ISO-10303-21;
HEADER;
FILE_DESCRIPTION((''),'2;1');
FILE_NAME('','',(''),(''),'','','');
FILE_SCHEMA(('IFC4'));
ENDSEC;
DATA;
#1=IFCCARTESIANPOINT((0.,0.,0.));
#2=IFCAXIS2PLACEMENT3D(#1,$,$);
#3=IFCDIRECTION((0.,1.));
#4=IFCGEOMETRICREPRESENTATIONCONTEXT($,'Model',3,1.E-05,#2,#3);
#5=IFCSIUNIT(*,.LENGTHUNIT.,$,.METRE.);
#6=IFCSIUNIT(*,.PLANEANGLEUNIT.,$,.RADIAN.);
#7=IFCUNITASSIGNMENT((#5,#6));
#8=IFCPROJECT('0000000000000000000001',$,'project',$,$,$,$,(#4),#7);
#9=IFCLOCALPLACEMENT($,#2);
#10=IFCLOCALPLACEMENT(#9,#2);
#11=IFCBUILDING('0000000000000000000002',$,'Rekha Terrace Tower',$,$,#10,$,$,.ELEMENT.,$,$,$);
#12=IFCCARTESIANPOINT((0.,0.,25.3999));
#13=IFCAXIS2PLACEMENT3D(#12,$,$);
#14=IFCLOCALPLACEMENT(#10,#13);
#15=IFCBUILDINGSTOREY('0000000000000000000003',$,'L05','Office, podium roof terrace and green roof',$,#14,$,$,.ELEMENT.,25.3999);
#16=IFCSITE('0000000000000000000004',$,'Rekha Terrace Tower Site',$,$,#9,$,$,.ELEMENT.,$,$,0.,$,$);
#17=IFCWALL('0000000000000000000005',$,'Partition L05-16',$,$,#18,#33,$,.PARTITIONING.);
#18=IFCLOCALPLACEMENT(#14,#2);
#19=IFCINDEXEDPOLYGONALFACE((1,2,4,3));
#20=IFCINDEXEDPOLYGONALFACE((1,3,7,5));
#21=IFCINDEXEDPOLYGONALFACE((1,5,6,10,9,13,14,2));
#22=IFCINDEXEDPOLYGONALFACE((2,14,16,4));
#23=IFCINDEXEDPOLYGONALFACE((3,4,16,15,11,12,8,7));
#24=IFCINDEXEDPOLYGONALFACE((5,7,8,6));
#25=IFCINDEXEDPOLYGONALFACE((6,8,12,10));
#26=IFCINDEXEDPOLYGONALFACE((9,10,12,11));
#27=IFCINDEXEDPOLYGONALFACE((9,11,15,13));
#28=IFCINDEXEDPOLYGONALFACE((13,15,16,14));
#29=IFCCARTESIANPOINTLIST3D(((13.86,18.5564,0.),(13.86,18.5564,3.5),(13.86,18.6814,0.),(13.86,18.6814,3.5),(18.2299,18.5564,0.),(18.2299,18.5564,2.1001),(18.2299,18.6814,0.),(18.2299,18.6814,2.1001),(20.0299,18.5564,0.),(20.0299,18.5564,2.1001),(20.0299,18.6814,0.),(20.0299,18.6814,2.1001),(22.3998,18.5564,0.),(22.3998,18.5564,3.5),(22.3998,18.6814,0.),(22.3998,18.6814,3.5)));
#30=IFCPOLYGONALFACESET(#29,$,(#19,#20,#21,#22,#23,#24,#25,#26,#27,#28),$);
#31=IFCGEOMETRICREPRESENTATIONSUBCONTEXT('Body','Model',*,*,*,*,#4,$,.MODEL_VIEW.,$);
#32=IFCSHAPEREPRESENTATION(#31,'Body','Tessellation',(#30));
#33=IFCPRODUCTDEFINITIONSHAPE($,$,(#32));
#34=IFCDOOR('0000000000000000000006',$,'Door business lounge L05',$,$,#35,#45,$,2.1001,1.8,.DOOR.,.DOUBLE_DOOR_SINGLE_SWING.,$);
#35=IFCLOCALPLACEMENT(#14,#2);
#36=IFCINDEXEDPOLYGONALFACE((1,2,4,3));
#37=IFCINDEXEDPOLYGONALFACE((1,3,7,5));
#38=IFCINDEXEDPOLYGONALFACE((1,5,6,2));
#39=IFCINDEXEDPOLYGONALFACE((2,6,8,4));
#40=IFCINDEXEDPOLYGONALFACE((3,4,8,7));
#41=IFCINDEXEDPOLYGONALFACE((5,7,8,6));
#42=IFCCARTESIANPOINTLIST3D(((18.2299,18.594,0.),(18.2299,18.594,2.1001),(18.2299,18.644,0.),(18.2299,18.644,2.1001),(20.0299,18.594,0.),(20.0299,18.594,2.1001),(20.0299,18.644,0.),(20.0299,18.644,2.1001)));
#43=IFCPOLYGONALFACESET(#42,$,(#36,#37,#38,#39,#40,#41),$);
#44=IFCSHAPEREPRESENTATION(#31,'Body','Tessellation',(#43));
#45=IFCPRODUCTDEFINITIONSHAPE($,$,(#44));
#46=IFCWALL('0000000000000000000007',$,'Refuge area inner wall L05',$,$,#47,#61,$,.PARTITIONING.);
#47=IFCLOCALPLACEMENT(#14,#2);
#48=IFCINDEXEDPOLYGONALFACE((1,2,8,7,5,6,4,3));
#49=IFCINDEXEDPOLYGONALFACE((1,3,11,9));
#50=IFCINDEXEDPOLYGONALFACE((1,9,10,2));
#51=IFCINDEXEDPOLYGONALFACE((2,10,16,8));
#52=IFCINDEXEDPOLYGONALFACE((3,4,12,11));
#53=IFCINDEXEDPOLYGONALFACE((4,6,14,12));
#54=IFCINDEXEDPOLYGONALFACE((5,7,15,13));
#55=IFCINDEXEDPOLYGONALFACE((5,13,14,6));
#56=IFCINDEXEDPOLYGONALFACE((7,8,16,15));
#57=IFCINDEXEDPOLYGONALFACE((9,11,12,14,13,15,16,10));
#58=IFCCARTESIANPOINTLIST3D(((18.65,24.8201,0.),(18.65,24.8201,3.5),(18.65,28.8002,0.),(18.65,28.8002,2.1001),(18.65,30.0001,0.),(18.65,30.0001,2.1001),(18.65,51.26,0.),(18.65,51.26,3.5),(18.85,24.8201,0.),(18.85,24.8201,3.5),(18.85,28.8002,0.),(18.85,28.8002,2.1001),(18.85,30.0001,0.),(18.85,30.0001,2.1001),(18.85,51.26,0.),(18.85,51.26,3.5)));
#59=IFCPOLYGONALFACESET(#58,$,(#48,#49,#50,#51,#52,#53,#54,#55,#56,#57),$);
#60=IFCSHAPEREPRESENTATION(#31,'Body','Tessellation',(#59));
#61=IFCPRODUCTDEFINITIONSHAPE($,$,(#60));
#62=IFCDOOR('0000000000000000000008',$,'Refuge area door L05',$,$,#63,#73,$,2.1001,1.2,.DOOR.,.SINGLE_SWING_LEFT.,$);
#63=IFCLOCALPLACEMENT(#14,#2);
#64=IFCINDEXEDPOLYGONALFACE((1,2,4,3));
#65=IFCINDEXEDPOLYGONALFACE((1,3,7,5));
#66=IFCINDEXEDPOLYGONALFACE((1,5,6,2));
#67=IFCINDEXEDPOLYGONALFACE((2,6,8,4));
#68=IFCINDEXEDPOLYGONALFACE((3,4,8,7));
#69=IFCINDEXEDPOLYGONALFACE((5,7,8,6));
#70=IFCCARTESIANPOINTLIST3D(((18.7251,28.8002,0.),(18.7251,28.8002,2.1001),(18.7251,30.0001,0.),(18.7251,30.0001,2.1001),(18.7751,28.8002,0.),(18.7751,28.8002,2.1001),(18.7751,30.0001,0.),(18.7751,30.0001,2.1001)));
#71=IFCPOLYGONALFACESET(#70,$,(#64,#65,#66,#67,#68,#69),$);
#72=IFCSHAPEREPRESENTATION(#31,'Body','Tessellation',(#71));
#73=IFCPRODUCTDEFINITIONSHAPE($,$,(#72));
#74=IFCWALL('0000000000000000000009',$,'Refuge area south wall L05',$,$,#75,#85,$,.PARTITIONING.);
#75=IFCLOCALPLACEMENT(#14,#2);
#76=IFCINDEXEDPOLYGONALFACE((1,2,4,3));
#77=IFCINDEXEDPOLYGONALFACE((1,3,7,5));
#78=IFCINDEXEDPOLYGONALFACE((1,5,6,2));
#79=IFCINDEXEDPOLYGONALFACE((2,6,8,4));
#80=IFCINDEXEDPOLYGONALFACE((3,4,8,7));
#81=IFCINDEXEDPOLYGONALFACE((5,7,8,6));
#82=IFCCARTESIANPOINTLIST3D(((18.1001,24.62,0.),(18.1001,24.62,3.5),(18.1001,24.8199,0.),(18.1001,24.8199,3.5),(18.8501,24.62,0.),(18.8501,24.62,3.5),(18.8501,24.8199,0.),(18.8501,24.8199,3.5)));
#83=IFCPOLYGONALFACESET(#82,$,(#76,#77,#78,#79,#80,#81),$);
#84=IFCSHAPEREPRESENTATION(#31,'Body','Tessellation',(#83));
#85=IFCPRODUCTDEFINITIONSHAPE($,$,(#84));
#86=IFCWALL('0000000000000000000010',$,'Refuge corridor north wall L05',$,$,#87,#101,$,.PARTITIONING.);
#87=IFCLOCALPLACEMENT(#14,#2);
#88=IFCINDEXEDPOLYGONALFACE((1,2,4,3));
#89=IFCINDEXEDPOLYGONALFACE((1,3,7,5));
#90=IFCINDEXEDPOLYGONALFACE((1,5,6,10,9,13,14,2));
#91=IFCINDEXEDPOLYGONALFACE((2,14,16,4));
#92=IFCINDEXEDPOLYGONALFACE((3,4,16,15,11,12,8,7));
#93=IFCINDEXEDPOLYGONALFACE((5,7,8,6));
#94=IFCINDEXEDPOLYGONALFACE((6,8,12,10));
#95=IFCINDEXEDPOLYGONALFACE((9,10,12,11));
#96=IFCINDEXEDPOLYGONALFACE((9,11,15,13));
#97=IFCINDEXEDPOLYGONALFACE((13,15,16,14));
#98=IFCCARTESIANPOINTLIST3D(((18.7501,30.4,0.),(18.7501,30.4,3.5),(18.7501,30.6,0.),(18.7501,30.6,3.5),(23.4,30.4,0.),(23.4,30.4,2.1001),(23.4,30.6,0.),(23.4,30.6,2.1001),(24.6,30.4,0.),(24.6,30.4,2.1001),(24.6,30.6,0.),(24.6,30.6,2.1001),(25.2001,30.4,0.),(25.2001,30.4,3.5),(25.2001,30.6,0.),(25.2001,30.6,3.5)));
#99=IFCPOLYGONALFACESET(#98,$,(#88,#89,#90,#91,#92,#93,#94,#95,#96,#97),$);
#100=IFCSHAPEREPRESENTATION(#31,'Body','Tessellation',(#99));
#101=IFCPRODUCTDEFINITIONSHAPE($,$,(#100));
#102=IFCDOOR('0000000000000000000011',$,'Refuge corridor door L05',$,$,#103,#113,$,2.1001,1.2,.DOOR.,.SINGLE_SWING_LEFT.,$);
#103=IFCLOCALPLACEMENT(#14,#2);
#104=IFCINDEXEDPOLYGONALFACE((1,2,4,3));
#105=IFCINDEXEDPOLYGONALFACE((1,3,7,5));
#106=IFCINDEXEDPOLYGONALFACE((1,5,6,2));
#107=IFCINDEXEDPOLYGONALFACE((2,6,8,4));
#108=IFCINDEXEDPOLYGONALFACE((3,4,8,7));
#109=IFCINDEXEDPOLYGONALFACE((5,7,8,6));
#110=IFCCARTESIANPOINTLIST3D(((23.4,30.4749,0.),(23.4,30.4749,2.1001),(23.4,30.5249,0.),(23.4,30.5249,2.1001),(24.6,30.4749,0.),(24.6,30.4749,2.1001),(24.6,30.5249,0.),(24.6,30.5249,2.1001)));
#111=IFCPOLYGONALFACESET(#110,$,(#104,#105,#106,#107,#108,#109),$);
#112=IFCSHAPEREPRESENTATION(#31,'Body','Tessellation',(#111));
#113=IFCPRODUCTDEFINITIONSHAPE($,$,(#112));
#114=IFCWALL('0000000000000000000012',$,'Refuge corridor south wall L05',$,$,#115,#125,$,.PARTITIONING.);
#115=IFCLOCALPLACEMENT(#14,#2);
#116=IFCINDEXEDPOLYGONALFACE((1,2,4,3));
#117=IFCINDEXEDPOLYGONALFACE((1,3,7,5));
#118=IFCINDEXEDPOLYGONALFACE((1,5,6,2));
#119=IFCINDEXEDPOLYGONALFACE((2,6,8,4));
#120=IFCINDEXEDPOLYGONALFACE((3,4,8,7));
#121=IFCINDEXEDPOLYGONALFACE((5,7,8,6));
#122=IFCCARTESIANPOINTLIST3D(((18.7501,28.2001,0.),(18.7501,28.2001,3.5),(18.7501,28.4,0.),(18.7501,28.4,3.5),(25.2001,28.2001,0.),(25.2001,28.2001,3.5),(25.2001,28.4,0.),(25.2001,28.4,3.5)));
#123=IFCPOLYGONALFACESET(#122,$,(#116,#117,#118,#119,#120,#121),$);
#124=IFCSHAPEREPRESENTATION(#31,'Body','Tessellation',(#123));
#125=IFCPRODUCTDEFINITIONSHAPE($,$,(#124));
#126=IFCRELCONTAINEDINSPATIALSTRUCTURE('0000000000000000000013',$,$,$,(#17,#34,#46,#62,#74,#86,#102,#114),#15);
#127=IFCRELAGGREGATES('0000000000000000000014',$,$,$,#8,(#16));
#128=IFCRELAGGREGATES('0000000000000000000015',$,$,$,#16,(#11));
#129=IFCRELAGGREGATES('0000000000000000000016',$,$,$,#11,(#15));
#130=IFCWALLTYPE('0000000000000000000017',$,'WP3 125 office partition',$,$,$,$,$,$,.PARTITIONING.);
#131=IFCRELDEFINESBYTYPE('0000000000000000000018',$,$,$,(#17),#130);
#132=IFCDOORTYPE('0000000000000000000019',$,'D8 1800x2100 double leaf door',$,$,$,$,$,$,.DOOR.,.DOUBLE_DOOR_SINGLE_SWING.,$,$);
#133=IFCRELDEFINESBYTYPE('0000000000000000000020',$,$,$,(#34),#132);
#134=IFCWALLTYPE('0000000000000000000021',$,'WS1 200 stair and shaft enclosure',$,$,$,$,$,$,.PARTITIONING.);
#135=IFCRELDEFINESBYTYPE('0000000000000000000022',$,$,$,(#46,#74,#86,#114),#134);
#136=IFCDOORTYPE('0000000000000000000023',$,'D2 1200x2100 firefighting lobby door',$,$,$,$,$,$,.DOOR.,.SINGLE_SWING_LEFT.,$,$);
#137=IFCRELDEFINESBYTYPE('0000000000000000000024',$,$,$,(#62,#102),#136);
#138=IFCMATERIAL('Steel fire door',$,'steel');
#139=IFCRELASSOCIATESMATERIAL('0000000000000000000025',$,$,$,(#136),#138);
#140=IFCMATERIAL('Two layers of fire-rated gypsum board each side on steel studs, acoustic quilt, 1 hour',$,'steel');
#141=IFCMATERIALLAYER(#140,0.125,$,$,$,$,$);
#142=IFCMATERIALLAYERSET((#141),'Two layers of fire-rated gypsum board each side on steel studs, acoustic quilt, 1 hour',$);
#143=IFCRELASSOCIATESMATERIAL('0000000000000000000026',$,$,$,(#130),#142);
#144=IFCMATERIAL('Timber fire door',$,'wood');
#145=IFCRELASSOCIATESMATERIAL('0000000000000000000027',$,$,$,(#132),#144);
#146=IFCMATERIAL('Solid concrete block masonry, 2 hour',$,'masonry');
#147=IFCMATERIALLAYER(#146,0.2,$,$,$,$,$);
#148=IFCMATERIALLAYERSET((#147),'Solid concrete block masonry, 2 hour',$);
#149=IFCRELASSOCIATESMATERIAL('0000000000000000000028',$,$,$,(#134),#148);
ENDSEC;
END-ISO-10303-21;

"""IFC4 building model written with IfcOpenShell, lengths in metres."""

from ifc_helpers import new_model, si_unit, direction, frame, frame_2d, origin, place, context, subcontext, project, spatial, rectangle, extrude, material, layer, layer_set, type_object, element, fill, save


model = new_model("IFC4")

# Units and contexts
model_context = context("Model", 3, precision=1e-05, world=origin(), true_north=direction((0.0, 1.0)))
body_context = subcontext(model_context, "Body", "Model", "MODEL_VIEW")
ifc_project = project(units=[si_unit("LENGTHUNIT", "METRE"), si_unit("PLANEANGLEUNIT", "RADIAN")], contexts=[model_context])

# Site, building, storey
site_placement = place(None, origin())
site = spatial("IfcSite", under=ifc_project, at=site_placement, Name="Rekha Terrace Tower Site", CompositionType="ELEMENT", RefElevation=0.0)
building_placement = place(site_placement, origin())
building = spatial("IfcBuilding", under=site, at=building_placement, Name="Rekha Terrace Tower", CompositionType="ELEMENT")
storey_placement = place(building_placement, frame((0.0, 0.0, 25.3999)))
storey = spatial("IfcBuildingStorey", under=building, at=storey_placement, Name="L05", Description="Office, podium roof terrace and green roof", CompositionType="ELEMENT", Elevation=25.3999)

# Shared definitions
ifc_material_1 = material(Name="Steel fire door", Category="steel")

# Shared definitions
door_type_1 = type_object("IfcDoorType", Name="D2 1200x2100 firefighting lobby door", OperationType="SINGLE_SWING_LEFT", PredefinedType="DOOR", material=ifc_material_1)

# Shared definitions
ifc_material_2 = material(Name="Timber fire door", Category="wood")

# Shared definitions
ifc_material_3 = material(Name="Two layers of fire-rated gypsum board each side on steel studs, acoustic quilt, 1 hour", Category="steel")
ifc_layer_1 = layer(ifc_material_3, 0.125)
ifc_layer_set_1 = layer_set([ifc_layer_1], Name="Two layers of fire-rated gypsum board each side on steel studs, acoustic quilt, 1 hour")
wall_type_1 = type_object("IfcWallType", Name="WP3 125 office partition", PredefinedType="PARTITIONING", material=ifc_layer_set_1)

# Walls, openings, doors
wall_1_placement = place(storey_placement, frame((22.3999, 18.6189, 0.0), z_axis=(0.0, 0.0, 1.0), x_axis=(-1.0, 0.0, 0.0)))
wall_1 = element("IfcWall", 1, at=wall_1_placement, inside=storey, type_object=wall_type_1, Name="Partition L05-16", PredefinedType="PARTITIONING", context=body_context, shape_type="SweptSolid", body=[
    extrude(rectangle(XDim=8.5398, YDim=0.125, at=frame_2d((4.27, 0.0))), origin(), (0.0, 0.0, 1.0), 3.5),
])
opening_1_placement = place(wall_1_placement, frame((2.3701, 0.0, 0.0)))
opening_1 = element("IfcOpeningElement", 2, at=opening_1_placement, cuts=wall_1, PredefinedType="OPENING", context=body_context, shape_type="SweptSolid", body=[
    extrude(rectangle(XDim=1.8, YDim=2.1001, at=frame_2d((0.8999, 1.05))), frame((0.0, 0.0725, 0.0), z_axis=(0.0, -1.0, 0.0), x_axis=(1.0, 0.0, 0.0)), (0.0, 0.0, 1.0), 0.145),
])
door_type_2 = type_object("IfcDoorType", Name="D8 1800x2100 double leaf door", OperationType="DOUBLE_DOOR_SINGLE_SWING", PredefinedType="DOOR", material=ifc_material_2)
door_1_placement = place(opening_1_placement, origin())
door_1 = element("IfcDoor", 3, at=door_1_placement, inside=storey, type_object=door_type_2, Name="Door business lounge L05", OperationType="DOUBLE_DOOR_SINGLE_SWING", OverallHeight=2.1001, OverallWidth=1.8, PredefinedType="DOOR", context=body_context, shape_type="SweptSolid", body=[
    extrude(rectangle(XDim=1.8, YDim=2.1001, at=frame_2d((0.8999, 1.05))), frame((0.0, 0.0249, 0.0), z_axis=(0.0, -1.0, 0.0), x_axis=(1.0, 0.0, 0.0)), (0.0, 0.0, 1.0), 0.05),
])
fill(opening_1, door_1)
ifc_material_4 = material(Name="Solid concrete block masonry, 2 hour", Category="masonry")
ifc_layer_2 = layer(ifc_material_4, 0.2)
ifc_layer_set_2 = layer_set([ifc_layer_2], Name="Solid concrete block masonry, 2 hour")
wall_type_2 = type_object("IfcWallType", Name="WS1 200 stair and shaft enclosure", PredefinedType="PARTITIONING", material=ifc_layer_set_2)
wall_2_placement = place(storey_placement, frame((18.75, 24.8201, 0.0), z_axis=(0.0, 0.0, 1.0), x_axis=(0.0, 1.0, 0.0)))
wall_2 = element("IfcWall", 4, at=wall_2_placement, inside=storey, type_object=wall_type_2, Name="Refuge area inner wall L05", PredefinedType="PARTITIONING", context=body_context, shape_type="SweptSolid", body=[
    extrude(rectangle(XDim=26.4399, YDim=0.2, at=frame_2d((13.22, 0.0))), origin(), (0.0, 0.0, 1.0), 3.5),
])
opening_2_placement = place(wall_2_placement, frame((3.98, 0.0, 0.0)))
opening_2 = element("IfcOpeningElement", 5, at=opening_2_placement, cuts=wall_2, PredefinedType="OPENING", context=body_context, shape_type="SweptSolid", body=[
    extrude(rectangle(XDim=1.2, YDim=2.1001, at=frame_2d((0.6001, 1.05))), frame((0.0, 0.1099, 0.0), z_axis=(0.0, -1.0, 0.0), x_axis=(1.0, 0.0, 0.0)), (0.0, 0.0, 1.0), 0.22),
])
door_2_placement = place(opening_2_placement, origin())
door_2 = element("IfcDoor", 6, at=door_2_placement, inside=storey, type_object=door_type_1, Name="Refuge area door L05", OperationType="SINGLE_SWING_LEFT", OverallHeight=2.1001, OverallWidth=1.2, PredefinedType="DOOR", context=body_context, shape_type="SweptSolid", body=[
    extrude(rectangle(XDim=1.2, YDim=2.1001, at=frame_2d((0.6001, 1.05))), frame((0.0, 0.0249, 0.0), z_axis=(0.0, -1.0, 0.0), x_axis=(1.0, 0.0, 0.0)), (0.0, 0.0, 1.0), 0.05),
])
fill(opening_2, door_2)

# Wall
wall_3_placement = place(storey_placement, frame((18.1001, 24.72, 0.0), z_axis=(0.0, 0.0, 1.0), x_axis=(1.0, 0.0, 0.0)))
element("IfcWall", 7, at=wall_3_placement, inside=storey, type_object=wall_type_2, Name="Refuge area south wall L05", PredefinedType="PARTITIONING", context=body_context, shape_type="SweptSolid", body=[
    extrude(rectangle(XDim=0.75, YDim=0.2, at=frame_2d((0.375, 0.0))), origin(), (0.0, 0.0, 1.0), 3.5),
])

# Wall, opening, door
wall_4_placement = place(storey_placement, frame((18.75, 30.5, 0.0), z_axis=(0.0, 0.0, 1.0), x_axis=(1.0, 0.0, 0.0)))
wall_4 = element("IfcWall", 8, at=wall_4_placement, inside=storey, type_object=wall_type_2, Name="Refuge corridor north wall L05", PredefinedType="PARTITIONING", context=body_context, shape_type="SweptSolid", body=[
    extrude(rectangle(XDim=6.45, YDim=0.2, at=frame_2d((3.2251, 0.0))), origin(), (0.0, 0.0, 1.0), 3.5),
])
opening_3_placement = place(wall_4_placement, frame((4.6499, 0.0, 0.0)))
opening_3 = element("IfcOpeningElement", 9, at=opening_3_placement, cuts=wall_4, PredefinedType="OPENING", context=body_context, shape_type="SweptSolid", body=[
    extrude(rectangle(XDim=1.2, YDim=2.1001, at=frame_2d((0.6001, 1.05))), frame((0.0, 0.1099, 0.0), z_axis=(0.0, -1.0, 0.0), x_axis=(1.0, 0.0, 0.0)), (0.0, 0.0, 1.0), 0.22),
])
door_3_placement = place(opening_3_placement, origin())
door_3 = element("IfcDoor", 10, at=door_3_placement, inside=storey, type_object=door_type_1, Name="Refuge corridor door L05", OperationType="SINGLE_SWING_LEFT", OverallHeight=2.1001, OverallWidth=1.2, PredefinedType="DOOR", context=body_context, shape_type="SweptSolid", body=[
    extrude(rectangle(XDim=1.2, YDim=2.1001, at=frame_2d((0.6001, 1.05))), frame((0.0, 0.0249, 0.0), z_axis=(0.0, -1.0, 0.0), x_axis=(1.0, 0.0, 0.0)), (0.0, 0.0, 1.0), 0.05),
])
fill(opening_3, door_3)

# Wall
wall_5_placement = place(storey_placement, frame((18.75, 28.3, 0.0), z_axis=(0.0, 0.0, 1.0), x_axis=(1.0, 0.0, 0.0)))
element("IfcWall", 11, at=wall_5_placement, inside=storey, type_object=wall_type_2, Name="Refuge corridor south wall L05", PredefinedType="PARTITIONING", context=body_context, shape_type="SweptSolid", body=[
    extrude(rectangle(XDim=6.45, YDim=0.2, at=frame_2d((3.2251, 0.0))), origin(), (0.0, 0.0, 1.0), 3.5),
])

save(model, "model.ifc")
